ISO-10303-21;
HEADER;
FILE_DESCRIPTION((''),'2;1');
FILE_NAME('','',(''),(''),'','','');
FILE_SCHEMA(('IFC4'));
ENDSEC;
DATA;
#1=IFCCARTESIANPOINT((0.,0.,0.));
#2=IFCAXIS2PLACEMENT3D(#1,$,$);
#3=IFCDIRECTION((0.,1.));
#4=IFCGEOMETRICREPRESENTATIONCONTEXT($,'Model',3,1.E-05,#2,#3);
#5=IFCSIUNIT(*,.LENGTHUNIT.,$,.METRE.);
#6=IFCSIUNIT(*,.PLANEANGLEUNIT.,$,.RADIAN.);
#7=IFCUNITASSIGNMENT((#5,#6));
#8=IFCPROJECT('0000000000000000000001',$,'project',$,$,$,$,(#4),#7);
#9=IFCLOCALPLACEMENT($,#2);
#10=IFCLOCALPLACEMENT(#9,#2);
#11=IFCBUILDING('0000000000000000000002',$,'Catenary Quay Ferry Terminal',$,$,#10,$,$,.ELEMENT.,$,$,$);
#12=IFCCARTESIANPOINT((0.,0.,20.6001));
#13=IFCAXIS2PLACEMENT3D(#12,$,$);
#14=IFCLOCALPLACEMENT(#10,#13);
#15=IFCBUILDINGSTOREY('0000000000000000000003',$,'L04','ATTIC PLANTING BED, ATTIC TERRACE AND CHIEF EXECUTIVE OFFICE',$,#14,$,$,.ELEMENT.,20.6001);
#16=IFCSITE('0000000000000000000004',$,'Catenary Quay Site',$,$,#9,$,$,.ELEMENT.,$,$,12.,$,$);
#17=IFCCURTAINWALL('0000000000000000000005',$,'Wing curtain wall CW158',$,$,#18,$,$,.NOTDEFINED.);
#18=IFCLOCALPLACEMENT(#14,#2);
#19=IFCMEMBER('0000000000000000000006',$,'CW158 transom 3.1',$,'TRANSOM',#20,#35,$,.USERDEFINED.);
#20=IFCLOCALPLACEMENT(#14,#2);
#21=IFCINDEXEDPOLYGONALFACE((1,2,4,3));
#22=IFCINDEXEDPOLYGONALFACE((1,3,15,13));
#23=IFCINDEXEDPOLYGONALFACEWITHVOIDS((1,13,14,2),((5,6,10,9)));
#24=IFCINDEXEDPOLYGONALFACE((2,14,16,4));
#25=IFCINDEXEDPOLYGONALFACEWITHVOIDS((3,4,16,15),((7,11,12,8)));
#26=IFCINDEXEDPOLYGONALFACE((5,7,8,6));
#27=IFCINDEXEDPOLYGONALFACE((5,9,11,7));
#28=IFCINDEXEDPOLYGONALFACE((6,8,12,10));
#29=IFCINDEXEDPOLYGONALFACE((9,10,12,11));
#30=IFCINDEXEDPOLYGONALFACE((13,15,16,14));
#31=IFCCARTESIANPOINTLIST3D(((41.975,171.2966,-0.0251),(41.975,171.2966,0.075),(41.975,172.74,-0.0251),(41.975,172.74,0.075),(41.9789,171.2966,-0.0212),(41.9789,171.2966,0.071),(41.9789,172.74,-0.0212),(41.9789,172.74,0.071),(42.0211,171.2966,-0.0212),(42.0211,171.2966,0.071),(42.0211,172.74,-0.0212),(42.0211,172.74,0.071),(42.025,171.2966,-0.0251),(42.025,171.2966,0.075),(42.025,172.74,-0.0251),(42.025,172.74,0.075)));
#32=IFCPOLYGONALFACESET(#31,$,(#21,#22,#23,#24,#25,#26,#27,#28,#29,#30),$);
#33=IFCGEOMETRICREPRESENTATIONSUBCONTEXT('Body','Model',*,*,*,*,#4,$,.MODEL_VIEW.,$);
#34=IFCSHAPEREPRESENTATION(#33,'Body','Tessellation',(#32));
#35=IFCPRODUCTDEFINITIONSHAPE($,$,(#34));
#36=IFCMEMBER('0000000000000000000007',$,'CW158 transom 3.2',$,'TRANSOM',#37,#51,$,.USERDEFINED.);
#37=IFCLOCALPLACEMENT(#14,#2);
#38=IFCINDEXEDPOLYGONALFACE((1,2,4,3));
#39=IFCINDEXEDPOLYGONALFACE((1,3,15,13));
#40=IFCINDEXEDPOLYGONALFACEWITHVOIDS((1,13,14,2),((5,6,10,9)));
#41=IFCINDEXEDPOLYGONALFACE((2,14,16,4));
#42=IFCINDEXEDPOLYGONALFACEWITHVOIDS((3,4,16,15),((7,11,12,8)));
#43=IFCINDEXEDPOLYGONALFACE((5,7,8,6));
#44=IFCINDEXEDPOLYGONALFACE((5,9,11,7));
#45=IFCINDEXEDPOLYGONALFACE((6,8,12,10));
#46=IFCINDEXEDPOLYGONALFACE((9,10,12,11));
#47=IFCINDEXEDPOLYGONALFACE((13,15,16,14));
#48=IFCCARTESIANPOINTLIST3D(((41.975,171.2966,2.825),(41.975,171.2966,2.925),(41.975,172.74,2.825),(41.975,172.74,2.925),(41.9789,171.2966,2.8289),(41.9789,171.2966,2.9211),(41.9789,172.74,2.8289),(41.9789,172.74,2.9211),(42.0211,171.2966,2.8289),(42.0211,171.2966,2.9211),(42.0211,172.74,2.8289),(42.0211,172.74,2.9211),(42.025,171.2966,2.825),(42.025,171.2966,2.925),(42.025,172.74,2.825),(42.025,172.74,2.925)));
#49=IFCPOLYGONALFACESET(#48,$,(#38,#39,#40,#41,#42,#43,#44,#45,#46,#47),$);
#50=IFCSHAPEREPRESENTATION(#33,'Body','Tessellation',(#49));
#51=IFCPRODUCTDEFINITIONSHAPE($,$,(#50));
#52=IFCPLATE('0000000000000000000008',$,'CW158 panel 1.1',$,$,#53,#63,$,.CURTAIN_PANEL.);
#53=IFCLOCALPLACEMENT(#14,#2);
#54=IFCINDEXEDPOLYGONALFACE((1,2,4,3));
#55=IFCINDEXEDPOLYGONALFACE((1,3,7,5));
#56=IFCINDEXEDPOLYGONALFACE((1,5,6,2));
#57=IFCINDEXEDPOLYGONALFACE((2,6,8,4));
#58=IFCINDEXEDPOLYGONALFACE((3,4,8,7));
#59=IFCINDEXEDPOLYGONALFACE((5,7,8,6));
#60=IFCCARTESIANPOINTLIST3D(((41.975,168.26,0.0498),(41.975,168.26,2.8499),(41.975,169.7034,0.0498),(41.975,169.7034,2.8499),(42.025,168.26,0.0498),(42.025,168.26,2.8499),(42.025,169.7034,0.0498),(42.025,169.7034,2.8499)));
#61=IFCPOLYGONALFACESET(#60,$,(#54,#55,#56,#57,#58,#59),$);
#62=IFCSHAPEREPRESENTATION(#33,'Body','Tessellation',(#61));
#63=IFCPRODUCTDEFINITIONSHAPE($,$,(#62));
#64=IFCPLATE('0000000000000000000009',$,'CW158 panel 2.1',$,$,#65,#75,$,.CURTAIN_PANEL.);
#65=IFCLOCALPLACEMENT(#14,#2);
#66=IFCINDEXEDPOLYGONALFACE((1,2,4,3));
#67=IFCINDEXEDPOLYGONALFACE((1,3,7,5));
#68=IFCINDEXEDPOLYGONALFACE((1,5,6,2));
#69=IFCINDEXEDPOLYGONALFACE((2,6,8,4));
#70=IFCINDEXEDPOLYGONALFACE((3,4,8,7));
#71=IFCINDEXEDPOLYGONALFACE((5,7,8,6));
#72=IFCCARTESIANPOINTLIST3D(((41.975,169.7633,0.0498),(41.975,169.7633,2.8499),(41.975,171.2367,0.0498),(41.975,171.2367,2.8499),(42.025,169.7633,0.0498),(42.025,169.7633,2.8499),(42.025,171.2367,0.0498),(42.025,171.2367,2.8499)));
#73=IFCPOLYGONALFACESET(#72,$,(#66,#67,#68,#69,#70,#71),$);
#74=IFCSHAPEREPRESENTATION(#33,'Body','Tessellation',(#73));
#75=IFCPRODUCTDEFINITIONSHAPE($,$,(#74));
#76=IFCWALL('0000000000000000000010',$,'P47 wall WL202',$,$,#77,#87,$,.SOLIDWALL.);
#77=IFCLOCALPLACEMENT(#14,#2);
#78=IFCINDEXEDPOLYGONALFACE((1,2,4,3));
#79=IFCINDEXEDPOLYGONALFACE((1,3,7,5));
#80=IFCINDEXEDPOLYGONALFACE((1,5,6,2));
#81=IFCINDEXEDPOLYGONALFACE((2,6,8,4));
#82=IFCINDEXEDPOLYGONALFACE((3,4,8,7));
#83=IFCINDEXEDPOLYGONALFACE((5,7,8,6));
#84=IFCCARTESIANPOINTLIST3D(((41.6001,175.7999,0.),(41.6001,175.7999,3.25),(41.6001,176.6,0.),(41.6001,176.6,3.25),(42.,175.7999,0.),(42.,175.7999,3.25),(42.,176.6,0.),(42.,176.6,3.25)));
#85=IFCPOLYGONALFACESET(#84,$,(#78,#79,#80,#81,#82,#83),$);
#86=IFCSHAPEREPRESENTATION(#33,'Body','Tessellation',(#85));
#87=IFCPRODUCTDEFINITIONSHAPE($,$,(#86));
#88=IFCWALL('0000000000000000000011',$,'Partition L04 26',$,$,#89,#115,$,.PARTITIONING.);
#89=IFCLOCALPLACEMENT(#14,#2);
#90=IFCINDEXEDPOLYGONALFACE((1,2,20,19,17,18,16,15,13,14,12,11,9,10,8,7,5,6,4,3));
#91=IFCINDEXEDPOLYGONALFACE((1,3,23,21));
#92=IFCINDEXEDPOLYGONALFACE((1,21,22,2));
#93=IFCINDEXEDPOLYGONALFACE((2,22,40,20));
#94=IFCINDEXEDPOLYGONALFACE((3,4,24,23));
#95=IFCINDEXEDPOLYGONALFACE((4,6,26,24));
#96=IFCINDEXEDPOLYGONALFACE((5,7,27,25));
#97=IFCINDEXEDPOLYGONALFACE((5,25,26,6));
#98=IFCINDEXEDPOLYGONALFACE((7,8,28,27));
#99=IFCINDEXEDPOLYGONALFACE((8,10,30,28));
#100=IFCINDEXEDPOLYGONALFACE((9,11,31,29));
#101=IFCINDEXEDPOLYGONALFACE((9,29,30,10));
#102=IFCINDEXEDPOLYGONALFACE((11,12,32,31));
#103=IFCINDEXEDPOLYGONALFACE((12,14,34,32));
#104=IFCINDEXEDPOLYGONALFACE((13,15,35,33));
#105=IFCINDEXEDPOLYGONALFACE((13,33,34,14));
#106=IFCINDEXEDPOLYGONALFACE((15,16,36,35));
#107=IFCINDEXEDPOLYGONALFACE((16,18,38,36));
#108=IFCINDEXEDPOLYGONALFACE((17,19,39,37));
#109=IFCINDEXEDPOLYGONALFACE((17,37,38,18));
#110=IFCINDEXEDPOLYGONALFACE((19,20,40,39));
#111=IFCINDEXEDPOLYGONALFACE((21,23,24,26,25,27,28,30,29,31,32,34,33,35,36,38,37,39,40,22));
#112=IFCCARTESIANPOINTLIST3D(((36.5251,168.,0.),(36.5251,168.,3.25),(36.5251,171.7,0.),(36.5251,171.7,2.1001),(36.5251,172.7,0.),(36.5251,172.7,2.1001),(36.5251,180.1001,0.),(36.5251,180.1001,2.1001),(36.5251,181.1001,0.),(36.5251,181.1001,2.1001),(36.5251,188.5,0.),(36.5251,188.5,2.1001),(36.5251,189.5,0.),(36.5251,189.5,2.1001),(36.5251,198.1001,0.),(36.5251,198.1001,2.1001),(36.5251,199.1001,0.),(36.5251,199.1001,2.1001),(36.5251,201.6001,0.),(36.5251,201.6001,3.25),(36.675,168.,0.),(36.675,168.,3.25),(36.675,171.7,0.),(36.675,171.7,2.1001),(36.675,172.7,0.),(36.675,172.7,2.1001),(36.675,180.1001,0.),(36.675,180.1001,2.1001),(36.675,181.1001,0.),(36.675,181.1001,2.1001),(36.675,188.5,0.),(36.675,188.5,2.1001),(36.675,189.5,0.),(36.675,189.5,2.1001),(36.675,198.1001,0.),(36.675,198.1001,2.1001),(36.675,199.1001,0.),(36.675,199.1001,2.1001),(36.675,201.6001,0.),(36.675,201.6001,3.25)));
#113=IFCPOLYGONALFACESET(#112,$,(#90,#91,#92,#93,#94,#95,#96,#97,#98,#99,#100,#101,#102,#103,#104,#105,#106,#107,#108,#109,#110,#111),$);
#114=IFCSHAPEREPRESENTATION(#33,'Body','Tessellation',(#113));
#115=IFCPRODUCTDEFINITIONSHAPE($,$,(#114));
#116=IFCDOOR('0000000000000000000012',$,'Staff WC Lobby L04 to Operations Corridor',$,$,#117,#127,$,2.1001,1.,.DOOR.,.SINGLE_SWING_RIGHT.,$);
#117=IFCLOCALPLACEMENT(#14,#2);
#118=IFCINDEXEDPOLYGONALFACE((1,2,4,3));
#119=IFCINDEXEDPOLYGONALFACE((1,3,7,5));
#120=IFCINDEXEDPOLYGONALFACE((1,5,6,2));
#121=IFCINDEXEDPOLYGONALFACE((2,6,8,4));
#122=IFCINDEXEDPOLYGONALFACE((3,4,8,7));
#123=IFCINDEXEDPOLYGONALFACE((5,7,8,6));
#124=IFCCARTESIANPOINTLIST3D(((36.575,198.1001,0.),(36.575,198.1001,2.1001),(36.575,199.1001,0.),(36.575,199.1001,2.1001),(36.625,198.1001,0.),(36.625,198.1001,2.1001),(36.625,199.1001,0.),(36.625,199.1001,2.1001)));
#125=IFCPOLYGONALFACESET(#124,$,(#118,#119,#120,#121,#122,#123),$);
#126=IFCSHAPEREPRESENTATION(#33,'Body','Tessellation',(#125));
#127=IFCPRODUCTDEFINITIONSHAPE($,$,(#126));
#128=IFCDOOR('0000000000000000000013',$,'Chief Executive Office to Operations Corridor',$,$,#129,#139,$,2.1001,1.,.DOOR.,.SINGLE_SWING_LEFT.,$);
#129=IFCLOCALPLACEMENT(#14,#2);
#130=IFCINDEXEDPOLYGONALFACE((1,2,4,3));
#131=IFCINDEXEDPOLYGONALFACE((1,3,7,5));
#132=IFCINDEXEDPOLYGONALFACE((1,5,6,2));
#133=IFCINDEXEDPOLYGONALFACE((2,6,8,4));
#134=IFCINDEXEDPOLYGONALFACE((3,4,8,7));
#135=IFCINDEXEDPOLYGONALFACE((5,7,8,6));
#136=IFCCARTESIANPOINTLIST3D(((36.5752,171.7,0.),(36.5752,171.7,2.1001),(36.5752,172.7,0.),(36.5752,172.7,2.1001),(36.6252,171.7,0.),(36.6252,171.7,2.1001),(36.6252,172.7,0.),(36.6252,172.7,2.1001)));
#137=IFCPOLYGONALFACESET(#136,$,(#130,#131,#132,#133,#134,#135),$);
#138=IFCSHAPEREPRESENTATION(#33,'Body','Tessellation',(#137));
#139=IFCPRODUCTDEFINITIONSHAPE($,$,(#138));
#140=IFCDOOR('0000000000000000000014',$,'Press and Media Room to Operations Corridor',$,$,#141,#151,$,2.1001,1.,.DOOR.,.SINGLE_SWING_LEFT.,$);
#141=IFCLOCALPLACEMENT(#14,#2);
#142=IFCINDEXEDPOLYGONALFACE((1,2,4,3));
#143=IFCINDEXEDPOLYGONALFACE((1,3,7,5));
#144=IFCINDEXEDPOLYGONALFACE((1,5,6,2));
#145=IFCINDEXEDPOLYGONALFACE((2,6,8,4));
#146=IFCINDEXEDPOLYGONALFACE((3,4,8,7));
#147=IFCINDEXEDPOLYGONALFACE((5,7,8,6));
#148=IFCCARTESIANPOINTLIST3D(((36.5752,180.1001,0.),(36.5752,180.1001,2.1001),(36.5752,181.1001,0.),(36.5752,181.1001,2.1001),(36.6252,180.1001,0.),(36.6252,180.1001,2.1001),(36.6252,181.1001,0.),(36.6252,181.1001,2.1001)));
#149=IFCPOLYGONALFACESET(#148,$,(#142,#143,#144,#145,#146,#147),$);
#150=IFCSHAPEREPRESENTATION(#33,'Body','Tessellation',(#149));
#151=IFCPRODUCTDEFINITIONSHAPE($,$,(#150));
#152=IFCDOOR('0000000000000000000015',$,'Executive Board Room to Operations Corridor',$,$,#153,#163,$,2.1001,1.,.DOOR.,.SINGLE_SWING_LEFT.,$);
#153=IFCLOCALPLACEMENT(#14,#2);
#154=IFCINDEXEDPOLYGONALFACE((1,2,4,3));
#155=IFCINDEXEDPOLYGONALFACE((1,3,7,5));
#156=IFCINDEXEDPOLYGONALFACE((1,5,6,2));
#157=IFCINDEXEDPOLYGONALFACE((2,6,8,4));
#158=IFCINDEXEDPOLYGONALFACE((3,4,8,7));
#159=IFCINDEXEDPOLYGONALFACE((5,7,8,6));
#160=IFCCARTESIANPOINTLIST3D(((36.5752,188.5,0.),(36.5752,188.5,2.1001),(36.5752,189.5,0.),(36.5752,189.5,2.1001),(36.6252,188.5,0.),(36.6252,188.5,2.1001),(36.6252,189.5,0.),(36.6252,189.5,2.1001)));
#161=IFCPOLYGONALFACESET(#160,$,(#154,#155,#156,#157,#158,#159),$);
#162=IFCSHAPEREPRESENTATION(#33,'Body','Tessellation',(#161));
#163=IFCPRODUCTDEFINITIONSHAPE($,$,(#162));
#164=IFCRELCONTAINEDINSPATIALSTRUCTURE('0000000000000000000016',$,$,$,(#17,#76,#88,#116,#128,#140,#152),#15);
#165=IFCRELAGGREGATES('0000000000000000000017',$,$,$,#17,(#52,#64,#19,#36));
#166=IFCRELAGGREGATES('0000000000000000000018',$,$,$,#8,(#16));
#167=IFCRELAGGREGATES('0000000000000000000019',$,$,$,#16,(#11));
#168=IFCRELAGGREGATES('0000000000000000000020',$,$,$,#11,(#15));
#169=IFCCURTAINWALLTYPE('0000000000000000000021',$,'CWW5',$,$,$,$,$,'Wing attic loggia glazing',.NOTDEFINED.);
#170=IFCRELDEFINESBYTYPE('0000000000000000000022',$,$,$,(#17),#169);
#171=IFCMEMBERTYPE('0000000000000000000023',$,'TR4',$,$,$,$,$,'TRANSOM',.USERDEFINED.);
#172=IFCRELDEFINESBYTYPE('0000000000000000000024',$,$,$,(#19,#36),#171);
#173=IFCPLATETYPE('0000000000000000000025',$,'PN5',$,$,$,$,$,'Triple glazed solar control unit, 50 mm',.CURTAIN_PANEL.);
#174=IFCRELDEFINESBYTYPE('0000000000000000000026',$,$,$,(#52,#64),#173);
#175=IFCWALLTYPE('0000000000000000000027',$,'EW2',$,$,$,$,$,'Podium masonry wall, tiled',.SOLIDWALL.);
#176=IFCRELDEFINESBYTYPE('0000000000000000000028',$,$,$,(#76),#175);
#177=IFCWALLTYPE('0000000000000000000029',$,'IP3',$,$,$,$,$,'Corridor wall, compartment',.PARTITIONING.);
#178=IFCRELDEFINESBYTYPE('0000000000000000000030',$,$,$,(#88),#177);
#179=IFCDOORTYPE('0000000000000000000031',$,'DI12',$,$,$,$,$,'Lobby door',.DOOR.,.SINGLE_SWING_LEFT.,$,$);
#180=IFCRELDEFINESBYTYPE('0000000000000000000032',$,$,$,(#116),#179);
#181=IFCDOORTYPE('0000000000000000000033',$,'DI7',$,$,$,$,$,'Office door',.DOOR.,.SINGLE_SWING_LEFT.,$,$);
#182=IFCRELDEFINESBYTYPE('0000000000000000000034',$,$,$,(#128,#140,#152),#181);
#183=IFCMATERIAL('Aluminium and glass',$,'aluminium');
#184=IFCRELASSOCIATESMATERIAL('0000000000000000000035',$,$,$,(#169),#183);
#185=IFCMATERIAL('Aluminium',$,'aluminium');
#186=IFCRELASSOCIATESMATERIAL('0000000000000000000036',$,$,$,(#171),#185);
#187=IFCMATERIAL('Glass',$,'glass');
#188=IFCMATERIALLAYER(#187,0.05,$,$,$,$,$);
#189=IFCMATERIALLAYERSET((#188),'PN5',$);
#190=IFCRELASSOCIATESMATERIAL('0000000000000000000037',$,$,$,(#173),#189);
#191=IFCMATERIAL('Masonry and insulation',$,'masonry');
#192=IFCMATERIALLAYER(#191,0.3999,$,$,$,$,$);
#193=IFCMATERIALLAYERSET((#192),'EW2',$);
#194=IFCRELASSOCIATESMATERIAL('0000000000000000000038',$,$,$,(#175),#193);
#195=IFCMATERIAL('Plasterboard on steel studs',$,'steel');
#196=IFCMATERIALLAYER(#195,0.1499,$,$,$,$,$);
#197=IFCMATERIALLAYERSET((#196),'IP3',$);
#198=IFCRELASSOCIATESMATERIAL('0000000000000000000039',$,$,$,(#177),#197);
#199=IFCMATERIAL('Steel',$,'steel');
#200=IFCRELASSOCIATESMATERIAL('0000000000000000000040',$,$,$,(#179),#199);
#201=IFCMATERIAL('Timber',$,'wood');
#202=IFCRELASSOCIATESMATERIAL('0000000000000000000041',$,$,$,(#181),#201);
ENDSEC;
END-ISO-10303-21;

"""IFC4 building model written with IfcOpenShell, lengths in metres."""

from ifc_helpers import new_model, si_unit, direction, frame, frame_2d, origin, origin_2d, place, context, subcontext, project, spatial, rectangle, hollow_rectangle, extrude, material, layer, layer_set, material_profile, profile_set, type_object, element, fill, aggregate, save


model = new_model("IFC4")

# Units and contexts
model_context = context("Model", 3, precision=1e-05, world=origin(), true_north=direction((0.0, 1.0)))
body_context = subcontext(model_context, "Body", "Model", "MODEL_VIEW")
ifc_project = project(units=[si_unit("LENGTHUNIT", "METRE"), si_unit("PLANEANGLEUNIT", "RADIAN")], contexts=[model_context])

# Site, building, storey
site_placement = place(None, origin())
site = spatial("IfcSite", under=ifc_project, at=site_placement, Name="Catenary Quay Site", CompositionType="ELEMENT", RefElevation=12.0)
building_placement = place(site_placement, origin())
building = spatial("IfcBuilding", under=site, at=building_placement, Name="Catenary Quay Ferry Terminal", CompositionType="ELEMENT")
storey_placement = place(building_placement, frame((0.0, 0.0, 20.6001)))
storey = spatial("IfcBuildingStorey", under=building, at=storey_placement, Name="L04", Description="ATTIC PLANTING BED, ATTIC TERRACE AND CHIEF EXECUTIVE OFFICE", CompositionType="ELEMENT", Elevation=20.6001)

# Curtain wall, members, plates
ifc_material_1 = material(Name="Aluminium and glass", Category="aluminium")
curtain_wall_type = type_object("IfcCurtainWallType", Name="CWW5", ElementType="Wing attic loggia glazing", PredefinedType="NOTDEFINED", material=ifc_material_1)
curtain_wall_placement = place(storey_placement, origin())
curtain_wall = element("IfcCurtainWall", 1, at=curtain_wall_placement, inside=storey, type_object=curtain_wall_type, Name="Wing curtain wall CW158", PredefinedType="NOTDEFINED")
ifc_material_2 = material(Name="Aluminium", Category="aluminium")
ifc_material_profile_1 = material_profile(ifc_material_2, hollow_rectangle(XDim=0.05, YDim=0.1001, WallThickness=0.0039, at=origin_2d()), Name="TR4")
ifc_profile_set_1 = profile_set([ifc_material_profile_1], Name="Aluminium")
member_type_1 = type_object("IfcMemberType", Name="TR4", ElementType="TRANSOM", PredefinedType="USERDEFINED", material=ifc_profile_set_1)
member_1_placement = place(storey_placement, frame((42.0, 171.2966, 0.0249), z_axis=(0.0, 1.0, 0.0), x_axis=(-1.0, 0.0, 0.0)))
member_1 = element("IfcMember", 2, at=member_1_placement, type_object=member_type_1, Name="CW158 transom 3.1", ObjectType="TRANSOM", PredefinedType="USERDEFINED", context=body_context, shape_type="SweptSolid", body=[
    extrude(hollow_rectangle(XDim=0.05, YDim=0.1001, WallThickness=0.0039, at=origin_2d()), origin(), (0.0, 0.0, 1.0), 1.4434),
])
member_2_placement = place(storey_placement, frame((42.0, 171.2966, 2.875), z_axis=(0.0, 1.0, 0.0), x_axis=(-1.0, 0.0, 0.0)))
member_2 = element("IfcMember", 3, at=member_2_placement, type_object=member_type_1, Name="CW158 transom 3.2", ObjectType="TRANSOM", PredefinedType="USERDEFINED", context=body_context, shape_type="SweptSolid", body=[
    extrude(hollow_rectangle(XDim=0.05, YDim=0.1001, WallThickness=0.0039, at=origin_2d()), origin(), (0.0, 0.0, 1.0), 1.4434),
])
ifc_material_3 = material(Name="Glass", Category="glass")
ifc_layer_1 = layer(ifc_material_3, 0.05)
ifc_layer_set_1 = layer_set([ifc_layer_1], Name="PN5")
plate_type = type_object("IfcPlateType", Name="PN5", ElementType="Triple glazed solar control unit, 50 mm", PredefinedType="CURTAIN_PANEL", material=ifc_layer_set_1)
plate_1_placement = place(storey_placement, frame((42.0, 168.9817, 0.0498), z_axis=(0.0, 0.0, 1.0), x_axis=(0.0, 1.0, 0.0)))
plate_1 = element("IfcPlate", 4, at=plate_1_placement, type_object=plate_type, Name="CW158 panel 1.1", PredefinedType="CURTAIN_PANEL", context=body_context, shape_type="SweptSolid", body=[
    extrude(rectangle(XDim=1.4434, YDim=0.05, at=origin_2d()), origin(), (0.0, 0.0, 1.0), 2.8),
])
plate_2_placement = place(storey_placement, frame((42.0, 170.5, 0.0498), z_axis=(0.0, 0.0, 1.0), x_axis=(0.0, 1.0, 0.0)))
plate_2 = element("IfcPlate", 5, at=plate_2_placement, type_object=plate_type, Name="CW158 panel 2.1", PredefinedType="CURTAIN_PANEL", context=body_context, shape_type="SweptSolid", body=[
    extrude(rectangle(XDim=1.4734, YDim=0.05, at=origin_2d()), origin(), (0.0, 0.0, 1.0), 2.8),
])
aggregate(curtain_wall, [plate_1, plate_2, member_1, member_2])

# Wall
ifc_material_4 = material(Name="Masonry and insulation", Category="masonry")
ifc_layer_2 = layer(ifc_material_4, 0.3999)
ifc_layer_set_2 = layer_set([ifc_layer_2], Name="EW2")
wall_type_1 = type_object("IfcWallType", Name="EW2", ElementType="Podium masonry wall, tiled", PredefinedType="SOLIDWALL", material=ifc_layer_set_2)
wall_1_placement = place(storey_placement, frame((41.8, 175.8, 0.0), z_axis=(0.0, 0.0, 1.0), x_axis=(0.0, 1.0, 0.0)))
element("IfcWall", 6, at=wall_1_placement, inside=storey, type_object=wall_type_1, Name="P47 wall WL202", PredefinedType="SOLIDWALL", context=body_context, shape_type="SweptSolid", body=[
    extrude(rectangle(XDim=0.8, YDim=0.3999, at=frame_2d((0.3999, 0.0))), origin(), (0.0, 0.0, 1.0), 3.25),
])

# Wall, openings, doors
ifc_material_5 = material(Name="Plasterboard on steel studs", Category="steel")
ifc_layer_3 = layer(ifc_material_5, 0.1499)
ifc_layer_set_3 = layer_set([ifc_layer_3], Name="IP3")
wall_type_2 = type_object("IfcWallType", Name="IP3", ElementType="Corridor wall, compartment", PredefinedType="PARTITIONING", material=ifc_layer_set_3)
wall_2_placement = place(storey_placement, frame((36.6001, 168.0, 0.0), z_axis=(0.0, 0.0, 1.0), x_axis=(0.0, 1.0, 0.0)))
wall_2 = element("IfcWall", 7, at=wall_2_placement, inside=storey, type_object=wall_type_2, Name="Partition L04 26", PredefinedType="PARTITIONING", context=body_context, shape_type="SweptSolid", body=[
    extrude(rectangle(XDim=33.6001, YDim=0.1499, at=frame_2d((16.8, 0.0))), origin(), (0.0, 0.0, 1.0), 3.25),
])
opening_1_placement = place(wall_2_placement, frame((3.7, 0.0, 0.0)))
opening_1 = element("IfcOpeningElement", 8, at=opening_1_placement, cuts=wall_2, PredefinedType="OPENING", context=body_context, shape_type="SweptSolid", body=[
    extrude(rectangle(XDim=1.0, YDim=2.1001, at=frame_2d((0.5, 1.05))), frame((0.0, 0.085, 0.0), z_axis=(0.0, -1.0, 0.0), x_axis=(1.0, 0.0, 0.0)), (0.0, 0.0, 1.0), 0.1699),
])
opening_2_placement = place(wall_2_placement, frame((12.1001, 0.0, 0.0)))
opening_2 = element("IfcOpeningElement", 9, at=opening_2_placement, cuts=wall_2, PredefinedType="OPENING", context=body_context, shape_type="SweptSolid", body=[
    extrude(rectangle(XDim=1.0, YDim=2.1001, at=frame_2d((0.5, 1.05))), frame((0.0, 0.085, 0.0), z_axis=(0.0, -1.0, 0.0), x_axis=(1.0, 0.0, 0.0)), (0.0, 0.0, 1.0), 0.1699),
])
opening_3_placement = place(wall_2_placement, frame((20.5, 0.0, 0.0)))
opening_3 = element("IfcOpeningElement", 10, at=opening_3_placement, cuts=wall_2, PredefinedType="OPENING", context=body_context, shape_type="SweptSolid", body=[
    extrude(rectangle(XDim=1.0, YDim=2.1001, at=frame_2d((0.5, 1.05))), frame((0.0, 0.085, 0.0), z_axis=(0.0, -1.0, 0.0), x_axis=(1.0, 0.0, 0.0)), (0.0, 0.0, 1.0), 0.1699),
])
opening_4_placement = place(wall_2_placement, frame((30.1001, 0.0, 0.0)))
opening_4 = element("IfcOpeningElement", 11, at=opening_4_placement, cuts=wall_2, PredefinedType="OPENING", context=body_context, shape_type="SweptSolid", body=[
    extrude(rectangle(XDim=1.0, YDim=2.1001, at=frame_2d((0.5, 1.05))), frame((0.0, 0.085, 0.0), z_axis=(0.0, -1.0, 0.0), x_axis=(1.0, 0.0, 0.0)), (0.0, 0.0, 1.0), 0.1699),
])
ifc_material_6 = material(Name="Steel", Category="steel")
door_type_1 = type_object("IfcDoorType", Name="DI12", ElementType="Lobby door", OperationType="SINGLE_SWING_LEFT", PredefinedType="DOOR", material=ifc_material_6)
door_1_placement = place(opening_4_placement, frame((1.0, 0.0, 0.0), z_axis=(0.0, 0.0, 1.0), x_axis=(-1.0, 0.0, 0.0)))
door_1 = element("IfcDoor", 12, at=door_1_placement, inside=storey, type_object=door_type_1, Name="Staff WC Lobby L04 to Operations Corridor", OperationType="SINGLE_SWING_RIGHT", OverallHeight=2.1001, OverallWidth=1.0, PredefinedType="DOOR", context=body_context, shape_type="SweptSolid", body=[
    extrude(rectangle(XDim=1.0, YDim=2.1001, at=frame_2d((0.5, 1.05))), frame((0.0, 0.0249, 0.0), z_axis=(0.0, -1.0, 0.0), x_axis=(1.0, 0.0, 0.0)), (0.0, 0.0, 1.0), 0.05),
])
fill(opening_4, door_1)
ifc_material_7 = material(Name="Timber", Category="wood")
door_type_2 = type_object("IfcDoorType", Name="DI7", ElementType="Office door", OperationType="SINGLE_SWING_LEFT", PredefinedType="DOOR", material=ifc_material_7)
door_2_placement = place(opening_1_placement, origin())
door_2 = element("IfcDoor", 13, at=door_2_placement, inside=storey, type_object=door_type_2, Name="Chief Executive Office to Operations Corridor", OperationType="SINGLE_SWING_LEFT", OverallHeight=2.1001, OverallWidth=1.0, PredefinedType="DOOR", context=body_context, shape_type="SweptSolid", body=[
    extrude(rectangle(XDim=1.0, YDim=2.1001, at=frame_2d((0.5, 1.05))), frame((0.0, 0.0249, 0.0), z_axis=(0.0, -1.0, 0.0), x_axis=(1.0, 0.0, 0.0)), (0.0, 0.0, 1.0), 0.05),
])
fill(opening_1, door_2)
door_3_placement = place(opening_2_placement, origin())
door_3 = element("IfcDoor", 14, at=door_3_placement, inside=storey, type_object=door_type_2, Name="Press and Media Room to Operations Corridor", OperationType="SINGLE_SWING_LEFT", OverallHeight=2.1001, OverallWidth=1.0, PredefinedType="DOOR", context=body_context, shape_type="SweptSolid", body=[
    extrude(rectangle(XDim=1.0, YDim=2.1001, at=frame_2d((0.5, 1.05))), frame((0.0, 0.0249, 0.0), z_axis=(0.0, -1.0, 0.0), x_axis=(1.0, 0.0, 0.0)), (0.0, 0.0, 1.0), 0.05),
])
fill(opening_2, door_3)
door_4_placement = place(opening_3_placement, origin())
door_4 = element("IfcDoor", 15, at=door_4_placement, inside=storey, type_object=door_type_2, Name="Executive Board Room to Operations Corridor", OperationType="SINGLE_SWING_LEFT", OverallHeight=2.1001, OverallWidth=1.0, PredefinedType="DOOR", context=body_context, shape_type="SweptSolid", body=[
    extrude(rectangle(XDim=1.0, YDim=2.1001, at=frame_2d((0.5, 1.05))), frame((0.0, 0.0249, 0.0), z_axis=(0.0, -1.0, 0.0), x_axis=(1.0, 0.0, 0.0)), (0.0, 0.0, 1.0), 0.05),
])
fill(opening_3, door_4)

save(model, "model.ifc")
